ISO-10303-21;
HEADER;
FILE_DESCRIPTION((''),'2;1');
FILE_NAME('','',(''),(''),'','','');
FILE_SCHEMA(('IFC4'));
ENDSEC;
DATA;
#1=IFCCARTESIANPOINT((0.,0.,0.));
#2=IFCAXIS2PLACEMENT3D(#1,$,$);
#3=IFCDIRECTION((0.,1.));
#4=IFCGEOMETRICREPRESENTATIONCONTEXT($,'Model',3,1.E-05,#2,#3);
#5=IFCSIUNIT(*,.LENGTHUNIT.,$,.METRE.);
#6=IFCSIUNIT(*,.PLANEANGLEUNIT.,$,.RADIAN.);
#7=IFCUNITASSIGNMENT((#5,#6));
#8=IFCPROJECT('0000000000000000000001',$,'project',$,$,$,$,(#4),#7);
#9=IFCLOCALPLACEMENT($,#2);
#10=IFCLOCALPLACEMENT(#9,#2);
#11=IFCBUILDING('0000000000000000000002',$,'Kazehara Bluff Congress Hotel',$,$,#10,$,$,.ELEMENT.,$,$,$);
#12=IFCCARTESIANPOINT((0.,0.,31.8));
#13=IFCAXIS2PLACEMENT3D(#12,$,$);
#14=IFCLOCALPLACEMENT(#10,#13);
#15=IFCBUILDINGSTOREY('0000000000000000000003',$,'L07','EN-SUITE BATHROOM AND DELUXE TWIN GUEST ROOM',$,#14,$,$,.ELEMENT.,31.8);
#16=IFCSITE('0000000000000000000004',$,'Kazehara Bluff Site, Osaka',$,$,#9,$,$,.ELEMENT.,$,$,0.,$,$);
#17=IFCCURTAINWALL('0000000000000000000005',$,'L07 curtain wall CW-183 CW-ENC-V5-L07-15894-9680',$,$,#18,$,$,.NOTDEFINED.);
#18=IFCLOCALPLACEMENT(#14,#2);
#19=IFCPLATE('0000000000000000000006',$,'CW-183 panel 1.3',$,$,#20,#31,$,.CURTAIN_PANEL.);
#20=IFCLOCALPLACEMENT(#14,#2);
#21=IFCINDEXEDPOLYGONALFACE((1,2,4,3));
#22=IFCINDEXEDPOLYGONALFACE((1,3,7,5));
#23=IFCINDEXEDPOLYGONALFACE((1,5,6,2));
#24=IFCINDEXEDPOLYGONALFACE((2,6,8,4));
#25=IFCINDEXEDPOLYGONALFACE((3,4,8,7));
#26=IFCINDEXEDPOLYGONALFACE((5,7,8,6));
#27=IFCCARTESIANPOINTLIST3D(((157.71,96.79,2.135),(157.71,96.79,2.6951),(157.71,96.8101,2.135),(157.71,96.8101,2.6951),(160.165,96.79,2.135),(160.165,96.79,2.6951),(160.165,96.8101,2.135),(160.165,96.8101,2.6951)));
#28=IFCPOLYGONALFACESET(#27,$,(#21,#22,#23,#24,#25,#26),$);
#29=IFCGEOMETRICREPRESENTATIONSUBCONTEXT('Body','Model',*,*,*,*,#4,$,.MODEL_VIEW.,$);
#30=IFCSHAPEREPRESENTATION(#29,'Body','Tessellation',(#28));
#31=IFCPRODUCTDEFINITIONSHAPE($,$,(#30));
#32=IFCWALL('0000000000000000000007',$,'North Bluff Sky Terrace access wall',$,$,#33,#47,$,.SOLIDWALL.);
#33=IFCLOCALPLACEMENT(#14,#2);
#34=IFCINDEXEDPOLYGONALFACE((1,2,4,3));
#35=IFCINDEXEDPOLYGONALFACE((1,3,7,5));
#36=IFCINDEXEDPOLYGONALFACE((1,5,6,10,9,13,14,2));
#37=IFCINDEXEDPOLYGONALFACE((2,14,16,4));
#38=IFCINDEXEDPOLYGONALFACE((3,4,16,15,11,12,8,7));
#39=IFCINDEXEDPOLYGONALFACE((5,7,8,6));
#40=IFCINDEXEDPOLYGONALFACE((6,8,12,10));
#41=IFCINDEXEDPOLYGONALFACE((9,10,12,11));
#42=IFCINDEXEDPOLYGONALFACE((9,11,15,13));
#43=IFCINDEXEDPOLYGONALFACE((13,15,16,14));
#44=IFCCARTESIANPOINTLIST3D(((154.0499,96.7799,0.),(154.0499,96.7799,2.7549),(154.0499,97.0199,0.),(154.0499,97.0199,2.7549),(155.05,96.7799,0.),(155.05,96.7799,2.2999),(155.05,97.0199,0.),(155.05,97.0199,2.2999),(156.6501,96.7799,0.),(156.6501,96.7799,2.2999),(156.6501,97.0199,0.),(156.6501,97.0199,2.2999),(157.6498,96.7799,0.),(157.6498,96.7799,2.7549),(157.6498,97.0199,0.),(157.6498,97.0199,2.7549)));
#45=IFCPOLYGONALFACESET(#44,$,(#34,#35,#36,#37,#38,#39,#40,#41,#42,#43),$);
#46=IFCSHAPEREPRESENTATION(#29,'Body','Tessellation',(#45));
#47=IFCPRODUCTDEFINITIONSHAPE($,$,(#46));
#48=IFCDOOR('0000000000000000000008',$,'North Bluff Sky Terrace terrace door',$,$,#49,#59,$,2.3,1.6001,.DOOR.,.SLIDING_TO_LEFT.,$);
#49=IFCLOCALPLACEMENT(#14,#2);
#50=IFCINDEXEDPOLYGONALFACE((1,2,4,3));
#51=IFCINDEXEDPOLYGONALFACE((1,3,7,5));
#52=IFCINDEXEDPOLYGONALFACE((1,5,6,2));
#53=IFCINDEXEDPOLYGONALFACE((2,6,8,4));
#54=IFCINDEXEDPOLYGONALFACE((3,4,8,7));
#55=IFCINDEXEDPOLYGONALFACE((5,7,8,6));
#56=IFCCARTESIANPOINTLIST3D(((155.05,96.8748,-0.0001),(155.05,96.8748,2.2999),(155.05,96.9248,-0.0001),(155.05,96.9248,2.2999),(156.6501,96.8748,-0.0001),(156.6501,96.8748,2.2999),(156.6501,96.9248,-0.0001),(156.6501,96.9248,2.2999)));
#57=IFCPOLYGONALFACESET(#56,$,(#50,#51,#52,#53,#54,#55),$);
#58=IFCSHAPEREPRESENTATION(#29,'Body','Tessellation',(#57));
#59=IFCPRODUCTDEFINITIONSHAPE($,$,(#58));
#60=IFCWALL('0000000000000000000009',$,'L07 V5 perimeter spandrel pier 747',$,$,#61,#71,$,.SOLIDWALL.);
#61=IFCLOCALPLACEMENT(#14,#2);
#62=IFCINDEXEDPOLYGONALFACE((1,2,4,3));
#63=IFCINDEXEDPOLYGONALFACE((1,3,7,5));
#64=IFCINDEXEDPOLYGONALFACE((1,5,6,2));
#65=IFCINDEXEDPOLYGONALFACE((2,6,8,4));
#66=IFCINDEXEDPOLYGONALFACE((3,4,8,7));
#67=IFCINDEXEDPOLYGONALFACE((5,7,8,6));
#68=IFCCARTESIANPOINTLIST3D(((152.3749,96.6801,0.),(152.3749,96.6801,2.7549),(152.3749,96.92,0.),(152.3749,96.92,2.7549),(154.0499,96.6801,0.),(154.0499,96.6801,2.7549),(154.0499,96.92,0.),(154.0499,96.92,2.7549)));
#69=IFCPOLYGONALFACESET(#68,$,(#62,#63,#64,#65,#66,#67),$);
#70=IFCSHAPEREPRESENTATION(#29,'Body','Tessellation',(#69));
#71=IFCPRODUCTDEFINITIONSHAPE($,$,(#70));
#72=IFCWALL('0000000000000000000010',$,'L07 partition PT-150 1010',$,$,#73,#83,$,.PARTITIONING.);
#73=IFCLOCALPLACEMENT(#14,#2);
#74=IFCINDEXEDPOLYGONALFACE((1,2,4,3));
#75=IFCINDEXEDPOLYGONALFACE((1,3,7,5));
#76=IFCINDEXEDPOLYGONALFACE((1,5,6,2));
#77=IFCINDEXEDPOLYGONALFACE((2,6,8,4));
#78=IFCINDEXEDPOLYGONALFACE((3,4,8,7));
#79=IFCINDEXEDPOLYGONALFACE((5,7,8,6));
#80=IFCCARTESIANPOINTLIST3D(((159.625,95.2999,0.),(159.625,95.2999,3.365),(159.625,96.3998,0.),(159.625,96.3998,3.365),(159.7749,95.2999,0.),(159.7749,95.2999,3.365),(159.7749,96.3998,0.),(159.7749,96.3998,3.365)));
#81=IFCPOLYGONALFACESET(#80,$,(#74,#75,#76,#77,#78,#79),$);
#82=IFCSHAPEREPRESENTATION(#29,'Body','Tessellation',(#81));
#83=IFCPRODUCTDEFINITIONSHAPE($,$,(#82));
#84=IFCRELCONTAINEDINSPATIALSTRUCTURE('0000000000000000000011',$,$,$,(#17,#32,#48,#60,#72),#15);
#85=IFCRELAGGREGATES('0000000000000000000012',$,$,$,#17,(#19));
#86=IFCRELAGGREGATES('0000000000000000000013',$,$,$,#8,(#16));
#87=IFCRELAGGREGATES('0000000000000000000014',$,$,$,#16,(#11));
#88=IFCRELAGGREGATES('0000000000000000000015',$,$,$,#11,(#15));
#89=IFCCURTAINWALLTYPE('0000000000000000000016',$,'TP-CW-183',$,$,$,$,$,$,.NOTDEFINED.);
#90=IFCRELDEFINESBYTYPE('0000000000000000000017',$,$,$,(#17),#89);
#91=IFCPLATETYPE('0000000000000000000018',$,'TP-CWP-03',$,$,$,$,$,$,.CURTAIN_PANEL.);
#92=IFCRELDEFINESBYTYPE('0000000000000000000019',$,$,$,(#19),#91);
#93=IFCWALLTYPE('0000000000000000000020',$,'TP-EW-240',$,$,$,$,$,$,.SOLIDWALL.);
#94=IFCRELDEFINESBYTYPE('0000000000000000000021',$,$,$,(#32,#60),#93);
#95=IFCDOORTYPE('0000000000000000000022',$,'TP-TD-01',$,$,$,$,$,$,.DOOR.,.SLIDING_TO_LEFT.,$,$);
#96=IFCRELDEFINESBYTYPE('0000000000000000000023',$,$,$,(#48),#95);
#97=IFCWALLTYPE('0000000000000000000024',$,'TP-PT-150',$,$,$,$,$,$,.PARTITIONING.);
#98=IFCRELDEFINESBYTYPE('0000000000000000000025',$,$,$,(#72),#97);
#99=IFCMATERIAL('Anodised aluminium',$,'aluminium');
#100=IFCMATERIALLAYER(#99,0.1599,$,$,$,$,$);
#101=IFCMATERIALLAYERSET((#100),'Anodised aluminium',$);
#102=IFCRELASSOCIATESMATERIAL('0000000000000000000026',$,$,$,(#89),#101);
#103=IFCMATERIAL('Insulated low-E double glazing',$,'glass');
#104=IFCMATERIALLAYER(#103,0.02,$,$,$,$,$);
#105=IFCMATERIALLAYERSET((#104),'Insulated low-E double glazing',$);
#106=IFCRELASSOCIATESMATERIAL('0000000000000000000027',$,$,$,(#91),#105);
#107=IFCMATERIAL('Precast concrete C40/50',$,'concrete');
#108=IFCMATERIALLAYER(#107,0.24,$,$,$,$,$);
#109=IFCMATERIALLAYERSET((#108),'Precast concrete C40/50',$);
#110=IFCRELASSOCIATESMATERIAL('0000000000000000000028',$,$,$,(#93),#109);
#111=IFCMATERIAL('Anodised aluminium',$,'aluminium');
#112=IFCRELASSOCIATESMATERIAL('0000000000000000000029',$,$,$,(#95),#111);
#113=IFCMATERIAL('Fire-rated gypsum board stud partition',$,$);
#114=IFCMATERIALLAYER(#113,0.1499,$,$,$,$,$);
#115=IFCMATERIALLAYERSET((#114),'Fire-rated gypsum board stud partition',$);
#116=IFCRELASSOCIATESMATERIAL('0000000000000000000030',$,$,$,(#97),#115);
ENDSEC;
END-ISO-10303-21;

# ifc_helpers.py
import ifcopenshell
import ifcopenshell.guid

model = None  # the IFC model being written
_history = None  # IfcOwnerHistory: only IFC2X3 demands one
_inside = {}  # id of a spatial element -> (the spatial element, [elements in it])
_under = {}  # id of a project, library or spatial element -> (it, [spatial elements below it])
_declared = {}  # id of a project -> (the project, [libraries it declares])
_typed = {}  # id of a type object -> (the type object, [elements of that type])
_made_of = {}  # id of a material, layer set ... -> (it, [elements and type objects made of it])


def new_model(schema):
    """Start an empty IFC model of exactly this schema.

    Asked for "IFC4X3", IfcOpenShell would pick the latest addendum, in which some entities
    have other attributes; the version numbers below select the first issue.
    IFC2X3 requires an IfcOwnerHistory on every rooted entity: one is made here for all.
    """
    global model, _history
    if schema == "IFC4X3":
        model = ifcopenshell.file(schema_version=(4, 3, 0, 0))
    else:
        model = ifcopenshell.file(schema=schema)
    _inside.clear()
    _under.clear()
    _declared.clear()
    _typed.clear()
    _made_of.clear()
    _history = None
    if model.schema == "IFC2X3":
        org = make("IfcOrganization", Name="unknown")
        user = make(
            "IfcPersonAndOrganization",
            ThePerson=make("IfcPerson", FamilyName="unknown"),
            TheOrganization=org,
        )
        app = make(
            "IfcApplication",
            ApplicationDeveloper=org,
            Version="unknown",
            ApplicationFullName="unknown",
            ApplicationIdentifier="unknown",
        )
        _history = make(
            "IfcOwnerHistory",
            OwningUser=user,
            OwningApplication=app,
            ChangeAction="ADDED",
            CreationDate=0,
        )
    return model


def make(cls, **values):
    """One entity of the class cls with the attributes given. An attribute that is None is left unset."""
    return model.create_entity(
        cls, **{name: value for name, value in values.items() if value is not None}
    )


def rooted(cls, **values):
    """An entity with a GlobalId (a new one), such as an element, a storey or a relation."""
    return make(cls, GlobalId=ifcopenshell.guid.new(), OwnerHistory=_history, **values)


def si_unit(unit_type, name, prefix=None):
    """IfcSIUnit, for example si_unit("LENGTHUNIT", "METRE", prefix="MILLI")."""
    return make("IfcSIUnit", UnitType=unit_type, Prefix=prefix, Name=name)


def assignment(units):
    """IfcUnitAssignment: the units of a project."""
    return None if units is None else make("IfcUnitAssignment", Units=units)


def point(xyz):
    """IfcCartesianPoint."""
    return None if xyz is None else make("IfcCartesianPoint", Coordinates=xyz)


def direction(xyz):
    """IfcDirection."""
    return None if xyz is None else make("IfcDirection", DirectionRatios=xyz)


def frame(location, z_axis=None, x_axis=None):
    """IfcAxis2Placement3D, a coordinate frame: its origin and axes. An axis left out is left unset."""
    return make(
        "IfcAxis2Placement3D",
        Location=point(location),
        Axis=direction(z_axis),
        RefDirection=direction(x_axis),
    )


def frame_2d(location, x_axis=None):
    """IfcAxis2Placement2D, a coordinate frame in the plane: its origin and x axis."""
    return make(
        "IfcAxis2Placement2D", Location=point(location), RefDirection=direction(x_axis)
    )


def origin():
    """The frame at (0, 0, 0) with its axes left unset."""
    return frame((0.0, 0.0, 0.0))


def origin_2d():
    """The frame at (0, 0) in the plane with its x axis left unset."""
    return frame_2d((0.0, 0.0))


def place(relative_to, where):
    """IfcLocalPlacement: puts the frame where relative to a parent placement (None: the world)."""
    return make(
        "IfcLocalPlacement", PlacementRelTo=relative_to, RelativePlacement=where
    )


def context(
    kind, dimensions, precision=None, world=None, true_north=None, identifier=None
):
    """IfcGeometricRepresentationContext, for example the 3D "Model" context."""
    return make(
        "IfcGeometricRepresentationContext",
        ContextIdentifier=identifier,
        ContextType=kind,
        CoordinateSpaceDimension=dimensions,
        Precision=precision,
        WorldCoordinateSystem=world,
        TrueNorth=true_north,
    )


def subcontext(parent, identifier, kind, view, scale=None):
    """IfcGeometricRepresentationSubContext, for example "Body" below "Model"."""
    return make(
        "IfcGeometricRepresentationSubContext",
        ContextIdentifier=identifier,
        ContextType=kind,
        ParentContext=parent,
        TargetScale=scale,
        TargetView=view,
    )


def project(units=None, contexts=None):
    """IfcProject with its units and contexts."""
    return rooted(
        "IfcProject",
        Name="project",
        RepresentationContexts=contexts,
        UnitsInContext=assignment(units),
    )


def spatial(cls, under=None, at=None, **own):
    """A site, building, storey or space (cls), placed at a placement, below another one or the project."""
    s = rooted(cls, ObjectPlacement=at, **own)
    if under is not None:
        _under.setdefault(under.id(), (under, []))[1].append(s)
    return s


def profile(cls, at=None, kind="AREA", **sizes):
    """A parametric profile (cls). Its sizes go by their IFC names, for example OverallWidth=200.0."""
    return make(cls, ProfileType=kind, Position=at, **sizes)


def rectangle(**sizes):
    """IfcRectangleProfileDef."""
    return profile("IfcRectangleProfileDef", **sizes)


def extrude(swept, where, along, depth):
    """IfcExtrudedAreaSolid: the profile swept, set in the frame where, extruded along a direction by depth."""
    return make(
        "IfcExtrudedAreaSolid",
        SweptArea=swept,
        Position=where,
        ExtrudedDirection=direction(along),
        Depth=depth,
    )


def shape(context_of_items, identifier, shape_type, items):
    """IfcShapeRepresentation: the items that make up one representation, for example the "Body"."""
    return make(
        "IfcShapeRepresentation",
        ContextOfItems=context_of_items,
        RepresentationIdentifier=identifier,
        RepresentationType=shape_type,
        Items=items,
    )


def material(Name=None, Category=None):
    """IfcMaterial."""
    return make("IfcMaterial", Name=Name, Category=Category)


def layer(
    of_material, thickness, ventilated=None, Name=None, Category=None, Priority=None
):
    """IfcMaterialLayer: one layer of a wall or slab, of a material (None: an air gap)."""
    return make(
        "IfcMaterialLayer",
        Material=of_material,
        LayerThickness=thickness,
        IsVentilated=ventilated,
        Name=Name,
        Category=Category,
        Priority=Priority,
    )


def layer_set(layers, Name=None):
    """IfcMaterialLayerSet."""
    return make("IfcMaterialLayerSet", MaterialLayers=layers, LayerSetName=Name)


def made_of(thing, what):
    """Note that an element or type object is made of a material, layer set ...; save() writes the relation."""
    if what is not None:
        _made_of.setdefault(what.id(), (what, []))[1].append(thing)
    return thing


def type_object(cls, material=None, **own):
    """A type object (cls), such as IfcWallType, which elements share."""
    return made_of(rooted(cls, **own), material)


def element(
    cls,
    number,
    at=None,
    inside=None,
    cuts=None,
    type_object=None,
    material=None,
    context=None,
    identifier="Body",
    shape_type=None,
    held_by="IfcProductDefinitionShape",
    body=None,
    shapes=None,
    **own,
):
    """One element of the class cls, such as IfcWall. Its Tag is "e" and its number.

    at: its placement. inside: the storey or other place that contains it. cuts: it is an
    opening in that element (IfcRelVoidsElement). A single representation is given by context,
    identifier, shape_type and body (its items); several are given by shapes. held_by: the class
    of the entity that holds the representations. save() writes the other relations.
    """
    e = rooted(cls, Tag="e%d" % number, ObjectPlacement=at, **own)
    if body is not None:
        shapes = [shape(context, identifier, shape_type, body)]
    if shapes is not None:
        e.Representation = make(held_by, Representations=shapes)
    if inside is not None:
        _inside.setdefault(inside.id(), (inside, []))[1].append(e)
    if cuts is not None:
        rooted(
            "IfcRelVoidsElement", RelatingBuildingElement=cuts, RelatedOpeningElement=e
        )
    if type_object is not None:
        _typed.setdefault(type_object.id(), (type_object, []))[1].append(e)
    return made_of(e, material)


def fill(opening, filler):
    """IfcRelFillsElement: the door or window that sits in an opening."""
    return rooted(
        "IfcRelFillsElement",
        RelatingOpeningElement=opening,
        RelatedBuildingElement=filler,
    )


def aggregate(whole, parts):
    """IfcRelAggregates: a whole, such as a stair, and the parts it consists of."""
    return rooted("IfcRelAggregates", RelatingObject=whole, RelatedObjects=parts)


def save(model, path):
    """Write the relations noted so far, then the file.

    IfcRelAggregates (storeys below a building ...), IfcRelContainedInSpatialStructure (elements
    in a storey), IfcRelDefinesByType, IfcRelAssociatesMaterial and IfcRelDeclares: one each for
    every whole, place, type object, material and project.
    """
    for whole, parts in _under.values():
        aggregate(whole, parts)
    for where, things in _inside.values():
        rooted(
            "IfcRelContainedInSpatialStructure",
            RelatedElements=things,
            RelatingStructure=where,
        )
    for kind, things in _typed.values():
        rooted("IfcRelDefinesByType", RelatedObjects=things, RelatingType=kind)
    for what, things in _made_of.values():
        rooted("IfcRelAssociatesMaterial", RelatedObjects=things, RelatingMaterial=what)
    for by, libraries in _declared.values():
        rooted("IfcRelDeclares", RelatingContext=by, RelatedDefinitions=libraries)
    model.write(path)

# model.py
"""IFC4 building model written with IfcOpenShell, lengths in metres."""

from ifc_helpers import new_model, si_unit, direction, frame, frame_2d, origin, origin_2d, place, context, subcontext, project, spatial, rectangle, extrude, material, layer, layer_set, type_object, element, fill, aggregate, save


model = new_model("IFC4")

# Units and contexts
model_context = context("Model", 3, precision=1e-05, world=origin(), true_north=direction((0.0, 1.0)))
body_context = subcontext(model_context, "Body", "Model", "MODEL_VIEW")
ifc_project = project(units=[si_unit("LENGTHUNIT", "METRE"), si_unit("PLANEANGLEUNIT", "RADIAN")], contexts=[model_context])

# Site, building, storey
site_placement = place(None, origin())
site = spatial("IfcSite", under=ifc_project, at=site_placement, Name="Kazehara Bluff Site, Osaka", CompositionType="ELEMENT", RefElevation=0.0)
building_placement = place(site_placement, origin())
building = spatial("IfcBuilding", under=site, at=building_placement, Name="Kazehara Bluff Congress Hotel", CompositionType="ELEMENT")
storey_placement = place(building_placement, frame((0.0, 0.0, 31.8)))
storey = spatial("IfcBuildingStorey", under=building, at=storey_placement, Name="L07", Description="EN-SUITE BATHROOM AND DELUXE TWIN GUEST ROOM", CompositionType="ELEMENT", Elevation=31.8)

# Curtain wall
ifc_material_1 = material(Name="Anodised aluminium", Category="aluminium")
ifc_layer_1 = layer(ifc_material_1, 0.1599)
ifc_layer_set_1 = layer_set([ifc_layer_1], Name="Anodised aluminium")
curtain_wall_type_1 = type_object("IfcCurtainWallType", Name="TP-CW-183", PredefinedType="NOTDEFINED", material=ifc_layer_set_1)
curtain_wall_1_placement = place(storey_placement, origin())
curtain_wall_1 = element("IfcCurtainWall", 1, at=curtain_wall_1_placement, inside=storey, type_object=curtain_wall_type_1, Name="L07 curtain wall CW-183 CW-ENC-V5-L07-15894-9680", PredefinedType="NOTDEFINED")

# Plate
ifc_material_2 = material(Name="Insulated low-E double glazing", Category="glass")
ifc_layer_2 = layer(ifc_material_2, 0.02)
ifc_layer_set_2 = layer_set([ifc_layer_2], Name="Insulated low-E double glazing")
plate_type = type_object("IfcPlateType", Name="TP-CWP-03", PredefinedType="CURTAIN_PANEL", material=ifc_layer_set_2)
plate_1_placement = place(storey_placement, frame((158.9375, 96.8, 2.135), z_axis=(0.0, 0.0, 1.0), x_axis=(1.0, 0.0, 0.0)))
plate_1 = element("IfcPlate", 2, at=plate_1_placement, type_object=plate_type, Name="CW-183 panel 1.3", PredefinedType="CURTAIN_PANEL", context=body_context, shape_type="SweptSolid", body=[
    extrude(rectangle(XDim=2.4551, YDim=0.02, at=origin_2d()), origin(), (0.0, 0.0, 1.0), 0.5601),
])
aggregate(curtain_wall_1, [plate_1])

# Wall, opening, door
ifc_material_3 = material(Name="Precast concrete C40/50", Category="concrete")
ifc_layer_3 = layer(ifc_material_3, 0.24)
ifc_layer_set_3 = layer_set([ifc_layer_3], Name="Precast concrete C40/50")
wall_type_1 = type_object("IfcWallType", Name="TP-EW-240", PredefinedType="SOLIDWALL", material=ifc_layer_set_3)
wall_1_placement = place(storey_placement, frame((154.05, 96.8999, 0.0), z_axis=(0.0, 0.0, 1.0), x_axis=(1.0, 0.0, 0.0)))
wall_1 = element("IfcWall", 3, at=wall_1_placement, inside=storey, type_object=wall_type_1, Name="North Bluff Sky Terrace access wall", PredefinedType="SOLIDWALL", context=body_context, shape_type="SweptSolid", body=[
    extrude(rectangle(XDim=3.5999, YDim=0.24, at=frame_2d((1.7998, 0.0))), origin(), (0.0, 0.0, 1.0), 2.7549),
])
opening_1_placement = place(wall_1_placement, frame((1.0, 0.0, 0.0)))
opening_1 = element("IfcOpeningElement", 4, at=opening_1_placement, cuts=wall_1, PredefinedType="OPENING", context=body_context, shape_type="SweptSolid", body=[
    extrude(rectangle(XDim=1.6001, YDim=2.3, at=frame_2d((0.8, 1.1499))), frame((0.0, 0.1299, 0.0), z_axis=(0.0, -1.0, 0.0), x_axis=(1.0, 0.0, 0.0)), (0.0, 0.0, 1.0), 0.26),
])
ifc_material_4 = material(Name="Anodised aluminium", Category="aluminium")
door_type_1 = type_object("IfcDoorType", Name="TP-TD-01", OperationType="SLIDING_TO_LEFT", PredefinedType="DOOR", material=ifc_material_4)
door_1_placement = place(opening_1_placement, origin())
door_1 = element("IfcDoor", 5, at=door_1_placement, inside=storey, type_object=door_type_1, Name="North Bluff Sky Terrace terrace door", OperationType="SLIDING_TO_LEFT", OverallHeight=2.3, OverallWidth=1.6001, PredefinedType="DOOR", context=body_context, shape_type="SweptSolid", body=[
    extrude(rectangle(XDim=1.6001, YDim=2.3, at=frame_2d((0.8, 1.1499))), frame((0.0, 0.0249, 0.0), z_axis=(0.0, -1.0, 0.0), x_axis=(1.0, 0.0, 0.0)), (0.0, 0.0, 1.0), 0.05),
])
fill(opening_1, door_1)

# Wall
wall_2_placement = place(storey_placement, frame((152.375, 96.8, 0.0), z_axis=(0.0, 0.0, 1.0), x_axis=(1.0, 0.0, 0.0)))
element("IfcWall", 6, at=wall_2_placement, inside=storey, type_object=wall_type_1, Name="L07 V5 perimeter spandrel pier 747", PredefinedType="SOLIDWALL", context=body_context, shape_type="SweptSolid", body=[
    extrude(rectangle(XDim=1.675, YDim=0.24, at=frame_2d((0.8374, 0.0))), origin(), (0.0, 0.0, 1.0), 2.7549),
])

# Shared definitions
ifc_material_5 = material(Name="Fire-rated gypsum board stud partition")
ifc_layer_4 = layer(ifc_material_5, 0.1499)
ifc_layer_set_4 = layer_set([ifc_layer_4], Name="Fire-rated gypsum board stud partition")
wall_type_2 = type_object("IfcWallType", Name="TP-PT-150", PredefinedType="PARTITIONING", material=ifc_layer_set_4)

# Wall
wall_3_placement = place(storey_placement, frame((159.7, 95.3, 0.0), z_axis=(0.0, 0.0, 1.0), x_axis=(0.0, 1.0, 0.0)))
element("IfcWall", 7, at=wall_3_placement, inside=storey, type_object=wall_type_2, Name="L07 partition PT-150 1010", PredefinedType="PARTITIONING", context=body_context, shape_type="SweptSolid", body=[
    extrude(rectangle(XDim=1.0999, YDim=0.1499, at=frame_2d((0.5498, 0.0))), origin(), (0.0, 0.0, 1.0), 3.365),
])

save(model, "model.ifc")
